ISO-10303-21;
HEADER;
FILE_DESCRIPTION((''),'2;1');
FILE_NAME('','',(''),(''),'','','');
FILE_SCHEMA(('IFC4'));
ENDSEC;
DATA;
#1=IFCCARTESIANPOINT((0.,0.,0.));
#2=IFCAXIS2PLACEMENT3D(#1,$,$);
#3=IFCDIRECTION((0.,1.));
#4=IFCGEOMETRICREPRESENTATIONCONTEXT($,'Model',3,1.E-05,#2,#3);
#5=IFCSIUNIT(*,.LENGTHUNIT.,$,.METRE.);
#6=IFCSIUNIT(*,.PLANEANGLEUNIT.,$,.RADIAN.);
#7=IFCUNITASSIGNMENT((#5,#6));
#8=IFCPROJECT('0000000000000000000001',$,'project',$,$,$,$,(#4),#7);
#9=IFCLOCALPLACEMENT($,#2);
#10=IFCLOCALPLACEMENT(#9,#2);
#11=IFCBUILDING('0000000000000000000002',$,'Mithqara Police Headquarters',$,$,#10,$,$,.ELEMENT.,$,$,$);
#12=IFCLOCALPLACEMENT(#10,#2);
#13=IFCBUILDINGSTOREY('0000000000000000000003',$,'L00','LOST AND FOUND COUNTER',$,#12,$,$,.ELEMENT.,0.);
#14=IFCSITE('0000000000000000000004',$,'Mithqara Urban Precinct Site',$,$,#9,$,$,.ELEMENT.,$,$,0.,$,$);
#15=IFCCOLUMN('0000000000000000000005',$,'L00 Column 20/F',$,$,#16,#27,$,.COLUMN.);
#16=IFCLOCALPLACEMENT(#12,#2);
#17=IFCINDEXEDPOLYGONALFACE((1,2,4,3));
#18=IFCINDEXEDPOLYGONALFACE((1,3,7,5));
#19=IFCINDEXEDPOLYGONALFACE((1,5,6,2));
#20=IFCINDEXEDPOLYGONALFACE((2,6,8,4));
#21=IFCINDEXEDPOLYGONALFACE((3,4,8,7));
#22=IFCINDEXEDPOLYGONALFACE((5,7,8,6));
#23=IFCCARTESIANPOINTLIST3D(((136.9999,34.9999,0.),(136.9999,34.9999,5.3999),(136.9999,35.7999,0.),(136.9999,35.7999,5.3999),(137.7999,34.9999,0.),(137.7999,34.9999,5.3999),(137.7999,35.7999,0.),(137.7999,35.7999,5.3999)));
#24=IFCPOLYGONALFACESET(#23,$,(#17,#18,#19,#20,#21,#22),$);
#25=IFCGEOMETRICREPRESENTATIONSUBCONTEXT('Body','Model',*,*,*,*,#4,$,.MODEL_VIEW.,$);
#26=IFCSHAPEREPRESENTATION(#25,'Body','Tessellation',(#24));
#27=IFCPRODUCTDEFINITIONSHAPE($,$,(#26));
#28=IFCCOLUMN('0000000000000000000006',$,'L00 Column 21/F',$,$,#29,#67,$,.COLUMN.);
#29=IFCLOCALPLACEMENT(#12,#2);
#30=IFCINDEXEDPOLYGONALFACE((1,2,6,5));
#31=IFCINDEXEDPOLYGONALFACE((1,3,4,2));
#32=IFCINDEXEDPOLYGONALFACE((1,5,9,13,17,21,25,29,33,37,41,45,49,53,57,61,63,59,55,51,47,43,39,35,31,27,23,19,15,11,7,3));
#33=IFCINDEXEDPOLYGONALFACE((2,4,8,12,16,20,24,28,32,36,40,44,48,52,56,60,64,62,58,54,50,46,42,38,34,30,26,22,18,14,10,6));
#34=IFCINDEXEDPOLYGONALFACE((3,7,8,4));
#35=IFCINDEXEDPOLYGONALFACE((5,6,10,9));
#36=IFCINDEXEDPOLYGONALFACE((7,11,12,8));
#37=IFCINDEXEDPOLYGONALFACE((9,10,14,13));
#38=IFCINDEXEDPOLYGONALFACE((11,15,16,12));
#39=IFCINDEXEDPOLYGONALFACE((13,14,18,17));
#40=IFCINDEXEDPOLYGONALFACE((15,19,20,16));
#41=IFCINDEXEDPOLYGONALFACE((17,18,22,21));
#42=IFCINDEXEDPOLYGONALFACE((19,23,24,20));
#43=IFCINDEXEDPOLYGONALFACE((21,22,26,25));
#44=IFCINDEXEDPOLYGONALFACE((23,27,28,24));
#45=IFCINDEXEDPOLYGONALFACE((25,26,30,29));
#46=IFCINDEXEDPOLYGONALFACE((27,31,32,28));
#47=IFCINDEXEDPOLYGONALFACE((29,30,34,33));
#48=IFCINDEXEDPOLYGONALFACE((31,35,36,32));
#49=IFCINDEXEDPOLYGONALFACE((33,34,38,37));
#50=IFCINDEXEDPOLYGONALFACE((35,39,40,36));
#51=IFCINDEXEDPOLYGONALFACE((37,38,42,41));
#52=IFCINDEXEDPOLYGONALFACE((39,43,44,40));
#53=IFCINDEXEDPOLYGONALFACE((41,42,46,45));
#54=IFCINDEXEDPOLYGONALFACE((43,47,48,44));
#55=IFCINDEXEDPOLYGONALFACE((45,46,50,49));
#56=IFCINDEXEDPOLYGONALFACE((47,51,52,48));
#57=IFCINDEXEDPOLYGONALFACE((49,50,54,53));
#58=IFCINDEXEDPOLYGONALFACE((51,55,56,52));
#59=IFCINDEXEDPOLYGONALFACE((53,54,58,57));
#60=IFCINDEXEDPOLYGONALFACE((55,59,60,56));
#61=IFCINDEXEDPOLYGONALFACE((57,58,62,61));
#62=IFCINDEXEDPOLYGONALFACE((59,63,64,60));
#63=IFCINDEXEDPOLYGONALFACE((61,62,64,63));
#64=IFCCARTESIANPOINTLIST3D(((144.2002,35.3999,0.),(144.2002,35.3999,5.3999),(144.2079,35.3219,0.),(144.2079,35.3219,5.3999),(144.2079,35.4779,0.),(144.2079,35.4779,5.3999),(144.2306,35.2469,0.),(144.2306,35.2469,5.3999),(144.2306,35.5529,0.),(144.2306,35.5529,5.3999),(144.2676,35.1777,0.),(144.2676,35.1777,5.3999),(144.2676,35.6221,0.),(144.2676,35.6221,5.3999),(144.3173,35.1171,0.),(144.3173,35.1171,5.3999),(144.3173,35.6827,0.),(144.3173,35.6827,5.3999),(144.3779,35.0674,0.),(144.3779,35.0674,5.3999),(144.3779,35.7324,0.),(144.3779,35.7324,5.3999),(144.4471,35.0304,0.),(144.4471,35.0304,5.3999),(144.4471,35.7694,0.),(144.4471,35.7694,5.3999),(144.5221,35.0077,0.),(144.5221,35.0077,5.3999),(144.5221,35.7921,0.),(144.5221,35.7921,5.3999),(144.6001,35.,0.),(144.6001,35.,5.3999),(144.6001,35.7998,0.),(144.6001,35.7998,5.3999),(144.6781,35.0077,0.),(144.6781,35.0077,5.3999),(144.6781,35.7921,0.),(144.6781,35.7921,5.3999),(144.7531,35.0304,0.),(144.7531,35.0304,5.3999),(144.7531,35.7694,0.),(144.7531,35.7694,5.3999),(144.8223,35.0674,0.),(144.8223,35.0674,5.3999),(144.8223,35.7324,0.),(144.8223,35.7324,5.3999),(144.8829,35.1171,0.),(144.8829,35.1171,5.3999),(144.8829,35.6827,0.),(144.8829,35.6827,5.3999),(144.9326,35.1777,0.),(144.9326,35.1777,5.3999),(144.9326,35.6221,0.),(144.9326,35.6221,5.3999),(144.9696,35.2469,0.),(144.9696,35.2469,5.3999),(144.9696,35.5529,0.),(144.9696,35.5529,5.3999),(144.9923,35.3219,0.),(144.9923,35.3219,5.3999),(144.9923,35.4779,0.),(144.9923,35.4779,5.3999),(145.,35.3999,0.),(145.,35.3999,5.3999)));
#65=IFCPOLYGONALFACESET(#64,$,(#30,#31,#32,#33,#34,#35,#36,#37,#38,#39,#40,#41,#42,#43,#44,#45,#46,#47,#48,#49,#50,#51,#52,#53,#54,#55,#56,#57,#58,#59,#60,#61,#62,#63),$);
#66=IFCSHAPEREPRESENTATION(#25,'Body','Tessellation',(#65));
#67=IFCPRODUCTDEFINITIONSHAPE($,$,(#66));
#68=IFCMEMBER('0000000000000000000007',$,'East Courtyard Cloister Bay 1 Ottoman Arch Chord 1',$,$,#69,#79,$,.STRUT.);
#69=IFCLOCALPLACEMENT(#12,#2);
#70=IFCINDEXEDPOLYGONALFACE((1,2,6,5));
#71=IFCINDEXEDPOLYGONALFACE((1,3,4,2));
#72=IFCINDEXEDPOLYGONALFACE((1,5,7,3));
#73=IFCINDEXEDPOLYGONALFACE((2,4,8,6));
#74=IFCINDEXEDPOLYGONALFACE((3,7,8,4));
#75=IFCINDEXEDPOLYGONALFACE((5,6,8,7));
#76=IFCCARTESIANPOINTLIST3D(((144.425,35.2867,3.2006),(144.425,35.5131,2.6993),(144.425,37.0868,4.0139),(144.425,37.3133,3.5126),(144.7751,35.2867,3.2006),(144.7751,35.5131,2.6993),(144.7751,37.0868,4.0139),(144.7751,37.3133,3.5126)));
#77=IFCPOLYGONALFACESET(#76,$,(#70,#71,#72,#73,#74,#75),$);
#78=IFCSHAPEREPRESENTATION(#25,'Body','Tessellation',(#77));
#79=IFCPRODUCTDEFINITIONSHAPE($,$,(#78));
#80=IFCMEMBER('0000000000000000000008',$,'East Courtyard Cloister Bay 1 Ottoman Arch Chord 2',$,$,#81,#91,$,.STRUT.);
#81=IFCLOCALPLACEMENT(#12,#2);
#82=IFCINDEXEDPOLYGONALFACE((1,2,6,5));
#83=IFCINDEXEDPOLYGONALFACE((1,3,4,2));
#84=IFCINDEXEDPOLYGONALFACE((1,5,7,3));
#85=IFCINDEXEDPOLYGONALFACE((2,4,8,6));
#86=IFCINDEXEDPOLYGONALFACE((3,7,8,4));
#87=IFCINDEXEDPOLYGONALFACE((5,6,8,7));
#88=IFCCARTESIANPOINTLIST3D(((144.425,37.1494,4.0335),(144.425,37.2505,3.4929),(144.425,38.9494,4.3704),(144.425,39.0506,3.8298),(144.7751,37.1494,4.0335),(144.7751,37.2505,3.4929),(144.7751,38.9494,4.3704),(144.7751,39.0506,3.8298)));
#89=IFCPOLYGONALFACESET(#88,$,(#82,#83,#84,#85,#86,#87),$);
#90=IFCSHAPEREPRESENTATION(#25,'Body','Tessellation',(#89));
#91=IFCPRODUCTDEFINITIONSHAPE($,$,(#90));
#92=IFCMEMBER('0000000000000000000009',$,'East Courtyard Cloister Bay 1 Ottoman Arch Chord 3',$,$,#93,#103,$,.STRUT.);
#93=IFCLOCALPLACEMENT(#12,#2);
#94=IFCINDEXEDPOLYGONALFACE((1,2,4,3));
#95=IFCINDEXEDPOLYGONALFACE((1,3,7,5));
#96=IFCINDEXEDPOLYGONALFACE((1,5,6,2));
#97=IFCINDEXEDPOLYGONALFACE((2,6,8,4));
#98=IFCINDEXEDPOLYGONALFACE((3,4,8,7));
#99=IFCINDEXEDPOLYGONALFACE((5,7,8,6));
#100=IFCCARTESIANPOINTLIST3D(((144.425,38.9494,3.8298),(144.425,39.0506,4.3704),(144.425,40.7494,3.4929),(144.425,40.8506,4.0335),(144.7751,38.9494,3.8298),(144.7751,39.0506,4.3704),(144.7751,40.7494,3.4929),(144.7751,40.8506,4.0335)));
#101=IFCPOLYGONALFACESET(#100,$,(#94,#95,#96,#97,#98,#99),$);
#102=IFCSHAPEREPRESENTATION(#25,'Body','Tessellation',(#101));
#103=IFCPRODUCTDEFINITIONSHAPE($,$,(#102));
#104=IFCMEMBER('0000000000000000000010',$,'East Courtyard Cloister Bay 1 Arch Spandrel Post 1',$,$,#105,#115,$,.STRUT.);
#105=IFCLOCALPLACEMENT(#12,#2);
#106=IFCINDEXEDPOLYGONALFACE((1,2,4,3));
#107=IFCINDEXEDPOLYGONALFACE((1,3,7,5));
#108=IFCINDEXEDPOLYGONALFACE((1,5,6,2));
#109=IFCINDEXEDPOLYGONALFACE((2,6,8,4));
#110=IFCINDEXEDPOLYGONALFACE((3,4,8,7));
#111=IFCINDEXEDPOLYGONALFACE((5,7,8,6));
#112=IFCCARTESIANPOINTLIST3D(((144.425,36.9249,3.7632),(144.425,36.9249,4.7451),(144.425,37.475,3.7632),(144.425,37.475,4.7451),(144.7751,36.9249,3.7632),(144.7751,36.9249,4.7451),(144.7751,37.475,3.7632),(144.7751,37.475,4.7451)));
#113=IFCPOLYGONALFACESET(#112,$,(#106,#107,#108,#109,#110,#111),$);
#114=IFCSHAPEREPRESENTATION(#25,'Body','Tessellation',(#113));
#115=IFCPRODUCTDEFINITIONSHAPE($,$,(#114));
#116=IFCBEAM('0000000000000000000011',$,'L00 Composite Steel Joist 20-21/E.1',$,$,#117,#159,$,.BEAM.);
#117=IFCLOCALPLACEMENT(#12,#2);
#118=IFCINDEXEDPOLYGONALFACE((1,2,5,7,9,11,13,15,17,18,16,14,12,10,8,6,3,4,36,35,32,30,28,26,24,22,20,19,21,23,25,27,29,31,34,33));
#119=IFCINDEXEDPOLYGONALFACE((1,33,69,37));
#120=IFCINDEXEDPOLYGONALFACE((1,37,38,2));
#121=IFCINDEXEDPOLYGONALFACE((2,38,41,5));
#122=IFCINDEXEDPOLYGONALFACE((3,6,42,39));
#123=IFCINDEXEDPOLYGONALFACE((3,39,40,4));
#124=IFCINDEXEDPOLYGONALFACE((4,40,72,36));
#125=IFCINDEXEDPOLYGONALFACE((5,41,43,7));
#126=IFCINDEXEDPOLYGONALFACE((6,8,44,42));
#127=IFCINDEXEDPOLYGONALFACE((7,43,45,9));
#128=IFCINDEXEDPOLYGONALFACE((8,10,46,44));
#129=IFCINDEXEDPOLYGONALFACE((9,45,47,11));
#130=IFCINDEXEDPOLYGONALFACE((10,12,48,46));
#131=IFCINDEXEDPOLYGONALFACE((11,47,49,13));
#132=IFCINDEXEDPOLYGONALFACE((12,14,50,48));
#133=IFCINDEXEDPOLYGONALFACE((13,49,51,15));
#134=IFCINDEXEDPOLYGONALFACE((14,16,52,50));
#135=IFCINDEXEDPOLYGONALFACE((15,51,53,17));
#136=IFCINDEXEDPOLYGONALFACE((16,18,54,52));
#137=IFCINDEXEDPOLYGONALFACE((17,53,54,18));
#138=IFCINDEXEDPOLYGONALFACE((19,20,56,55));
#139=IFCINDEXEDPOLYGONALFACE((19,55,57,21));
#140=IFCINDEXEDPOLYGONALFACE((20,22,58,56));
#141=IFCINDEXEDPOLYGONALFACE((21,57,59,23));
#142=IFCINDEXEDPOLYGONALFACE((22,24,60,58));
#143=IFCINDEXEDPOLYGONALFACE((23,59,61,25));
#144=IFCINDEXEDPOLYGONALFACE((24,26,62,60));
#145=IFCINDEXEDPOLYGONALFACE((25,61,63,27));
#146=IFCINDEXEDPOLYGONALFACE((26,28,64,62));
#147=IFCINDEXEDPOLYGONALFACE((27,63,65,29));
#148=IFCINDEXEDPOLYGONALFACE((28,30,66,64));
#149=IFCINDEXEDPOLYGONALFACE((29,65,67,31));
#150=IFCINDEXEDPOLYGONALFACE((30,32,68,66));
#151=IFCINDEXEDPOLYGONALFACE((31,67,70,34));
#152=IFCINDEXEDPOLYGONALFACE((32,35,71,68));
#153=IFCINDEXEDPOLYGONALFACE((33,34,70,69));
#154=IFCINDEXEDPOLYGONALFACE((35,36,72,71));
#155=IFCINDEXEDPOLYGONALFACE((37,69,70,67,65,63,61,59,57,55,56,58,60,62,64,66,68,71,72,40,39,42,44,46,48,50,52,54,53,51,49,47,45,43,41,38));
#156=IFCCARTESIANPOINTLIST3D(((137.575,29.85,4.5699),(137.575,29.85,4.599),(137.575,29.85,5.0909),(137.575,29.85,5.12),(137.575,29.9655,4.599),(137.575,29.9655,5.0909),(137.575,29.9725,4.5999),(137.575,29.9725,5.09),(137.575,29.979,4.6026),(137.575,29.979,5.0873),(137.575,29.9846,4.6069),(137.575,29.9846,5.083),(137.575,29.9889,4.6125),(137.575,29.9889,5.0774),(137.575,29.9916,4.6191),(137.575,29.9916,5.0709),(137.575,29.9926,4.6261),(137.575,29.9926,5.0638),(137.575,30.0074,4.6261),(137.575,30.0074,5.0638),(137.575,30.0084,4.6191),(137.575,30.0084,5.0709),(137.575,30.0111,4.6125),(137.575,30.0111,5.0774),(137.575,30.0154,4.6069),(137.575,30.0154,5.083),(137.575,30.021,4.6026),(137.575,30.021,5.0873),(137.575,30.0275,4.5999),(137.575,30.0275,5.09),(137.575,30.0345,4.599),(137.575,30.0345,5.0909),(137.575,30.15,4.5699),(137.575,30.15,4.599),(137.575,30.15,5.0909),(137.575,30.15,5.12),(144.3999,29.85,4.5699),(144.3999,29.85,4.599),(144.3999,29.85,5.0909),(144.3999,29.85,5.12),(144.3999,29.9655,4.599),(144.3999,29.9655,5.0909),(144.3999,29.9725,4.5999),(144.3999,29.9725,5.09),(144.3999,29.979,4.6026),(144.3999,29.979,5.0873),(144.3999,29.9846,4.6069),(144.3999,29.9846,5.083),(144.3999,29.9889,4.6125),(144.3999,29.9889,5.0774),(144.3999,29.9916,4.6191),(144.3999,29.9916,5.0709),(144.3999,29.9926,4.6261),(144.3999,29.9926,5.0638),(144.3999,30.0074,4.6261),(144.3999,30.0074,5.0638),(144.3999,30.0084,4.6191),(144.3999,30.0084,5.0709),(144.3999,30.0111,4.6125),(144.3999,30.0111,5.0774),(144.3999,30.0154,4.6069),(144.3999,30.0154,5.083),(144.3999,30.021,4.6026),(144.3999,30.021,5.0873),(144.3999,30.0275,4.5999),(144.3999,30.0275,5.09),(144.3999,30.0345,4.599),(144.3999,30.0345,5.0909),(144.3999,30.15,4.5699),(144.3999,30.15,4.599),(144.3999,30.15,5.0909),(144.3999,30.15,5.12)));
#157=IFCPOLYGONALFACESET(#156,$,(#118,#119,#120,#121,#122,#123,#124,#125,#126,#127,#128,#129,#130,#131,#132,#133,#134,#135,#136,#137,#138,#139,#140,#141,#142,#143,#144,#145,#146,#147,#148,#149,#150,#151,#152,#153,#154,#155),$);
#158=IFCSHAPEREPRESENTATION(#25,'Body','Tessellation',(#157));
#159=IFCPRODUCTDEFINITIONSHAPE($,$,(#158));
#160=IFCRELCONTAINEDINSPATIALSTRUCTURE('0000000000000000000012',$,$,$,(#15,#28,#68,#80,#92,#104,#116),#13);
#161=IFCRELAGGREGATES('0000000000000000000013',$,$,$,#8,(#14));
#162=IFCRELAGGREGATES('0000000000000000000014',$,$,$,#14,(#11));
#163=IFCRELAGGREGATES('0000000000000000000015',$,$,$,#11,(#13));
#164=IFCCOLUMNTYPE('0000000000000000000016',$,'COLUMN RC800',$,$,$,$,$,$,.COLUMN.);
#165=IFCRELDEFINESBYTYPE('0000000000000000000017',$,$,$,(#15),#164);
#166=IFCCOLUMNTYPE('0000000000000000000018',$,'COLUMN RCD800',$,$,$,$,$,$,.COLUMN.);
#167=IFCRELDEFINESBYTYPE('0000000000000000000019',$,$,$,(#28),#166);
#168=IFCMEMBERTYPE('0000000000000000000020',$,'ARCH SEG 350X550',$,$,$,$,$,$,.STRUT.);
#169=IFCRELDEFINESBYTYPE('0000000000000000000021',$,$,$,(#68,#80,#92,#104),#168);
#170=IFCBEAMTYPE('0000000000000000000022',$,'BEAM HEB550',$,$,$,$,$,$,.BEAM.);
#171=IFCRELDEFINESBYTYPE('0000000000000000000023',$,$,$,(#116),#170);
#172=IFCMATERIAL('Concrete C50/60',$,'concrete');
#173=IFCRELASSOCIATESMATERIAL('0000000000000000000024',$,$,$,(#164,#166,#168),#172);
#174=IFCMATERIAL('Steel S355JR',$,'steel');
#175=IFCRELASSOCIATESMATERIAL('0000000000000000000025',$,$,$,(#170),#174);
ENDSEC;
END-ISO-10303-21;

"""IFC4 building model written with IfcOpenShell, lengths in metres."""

from ifc_helpers import new_model, si_unit, direction, frame, origin, origin_2d, place, context, subcontext, project, spatial, rectangle, circle, i_section, extrude, material, material_profile, profile_set, type_object, element, save


model = new_model("IFC4")

# Units and contexts
model_context = context("Model", 3, precision=1e-05, world=origin(), true_north=direction((0.0, 1.0)))
body_context = subcontext(model_context, "Body", "Model", "MODEL_VIEW")
ifc_project = project(units=[si_unit("LENGTHUNIT", "METRE"), si_unit("PLANEANGLEUNIT", "RADIAN")], contexts=[model_context])

# Site, building, storey
site_placement = place(None, origin())
site = spatial("IfcSite", under=ifc_project, at=site_placement, Name="Mithqara Urban Precinct Site", CompositionType="ELEMENT", RefElevation=0.0)
building_placement = place(site_placement, origin())
building = spatial("IfcBuilding", under=site, at=building_placement, Name="Mithqara Police Headquarters", CompositionType="ELEMENT")
storey_placement = place(building_placement, origin())
storey = spatial("IfcBuildingStorey", under=building, at=storey_placement, Name="L00", Description="LOST AND FOUND COUNTER", CompositionType="ELEMENT", Elevation=0.0)

# Columns
ifc_material_1 = material(Name="Concrete C50/60", Category="concrete")
ifc_material_profile_1 = material_profile(ifc_material_1, rectangle(XDim=0.8, YDim=0.8, at=origin_2d()), Name="RC 800x800")
ifc_profile_set_1 = profile_set([ifc_material_profile_1], Name="Concrete C50/60")
column_type_1 = type_object("IfcColumnType", Name="COLUMN RC800", PredefinedType="COLUMN", material=ifc_profile_set_1)
column_1_placement = place(storey_placement, frame((137.3999, 35.3999, 0.0), z_axis=(0.0, 0.0, 1.0), x_axis=(1.0, 0.0, 0.0)))
element("IfcColumn", 1, at=column_1_placement, inside=storey, type_object=column_type_1, Name="L00 Column 20/F", PredefinedType="COLUMN", context=body_context, shape_type="SweptSolid", body=[
    extrude(rectangle(XDim=0.8, YDim=0.8, at=origin_2d()), origin(), (0.0, 0.0, 1.0), 5.3999),
])
ifc_material_profile_2 = material_profile(ifc_material_1, circle(Radius=0.3999, at=origin_2d()), Name="RCD 800")
ifc_profile_set_2 = profile_set([ifc_material_profile_2], Name="Concrete C50/60")
column_type_2 = type_object("IfcColumnType", Name="COLUMN RCD800", PredefinedType="COLUMN", material=ifc_profile_set_2)
column_2_placement = place(storey_placement, frame((144.6001, 35.3999, 0.0), z_axis=(0.0, 0.0, 1.0), x_axis=(1.0, 0.0, 0.0)))
element("IfcColumn", 2, at=column_2_placement, inside=storey, type_object=column_type_2, Name="L00 Column 21/F", PredefinedType="COLUMN", context=body_context, shape_type="SweptSolid", body=[
    extrude(circle(Radius=0.3999, at=origin_2d()), origin(), (0.0, 0.0, 1.0), 5.3999),
])

# Members
ifc_material_profile_3 = material_profile(ifc_material_1, rectangle(XDim=0.3501, YDim=0.55, at=origin_2d()), Name="ARC 350x550")
ifc_profile_set_3 = profile_set([ifc_material_profile_3], Name="Concrete C50/60")
member_type = type_object("IfcMemberType", Name="ARCH SEG 350X550", PredefinedType="STRUT", material=ifc_profile_set_3)
member_1_placement = place(storey_placement, frame((144.6001, 35.3999, 2.95), z_axis=(0.0, 0.911312, 0.411716), x_axis=(-1.0, 0.0, 0.0)))
element("IfcMember", 3, at=member_1_placement, inside=storey, type_object=member_type, Name="East Courtyard Cloister Bay 1 Ottoman Arch Chord 1", PredefinedType="STRUT", context=body_context, shape_type="SweptSolid", body=[
    extrude(rectangle(XDim=0.3501, YDim=0.55, at=origin_2d()), origin(), (0.0, 0.0, 1.0), 1.9753),
])
for number, where, z_axis, x_axis, name in (
    (4, (144.6001, 37.2, 3.7632), (0.0, 0.982931, 0.183975), (-1.0, 0.0, 0.0), "East Courtyard Cloister Bay 1 Ottoman Arch Chord 2"),
    (5, (144.6001, 39.0, 4.1001), (0.0, 0.982931, -0.183975), (-1.0, 0.0, 0.0), "East Courtyard Cloister Bay 1 Ottoman Arch Chord 3"),
):
    element("IfcMember", number, at=place(storey_placement, frame(where, z_axis=z_axis, x_axis=x_axis)), inside=storey, type_object=member_type, Name=name, PredefinedType="STRUT", context=body_context, shape_type="SweptSolid", body=[
        extrude(rectangle(XDim=0.3501, YDim=0.55, at=origin_2d()), origin(), (0.0, 0.0, 1.0), 1.8313),
    ])
member_2_placement = place(storey_placement, frame((144.6001, 37.2, 3.7632), z_axis=(0.0, 0.0, 1.0), x_axis=(1.0, 0.0, 0.0)))
element("IfcMember", 6, at=member_2_placement, inside=storey, type_object=member_type, Name="East Courtyard Cloister Bay 1 Arch Spandrel Post 1", PredefinedType="STRUT", context=body_context, shape_type="SweptSolid", body=[
    extrude(rectangle(XDim=0.3501, YDim=0.55, at=origin_2d()), origin(), (0.0, 0.0, 1.0), 0.9819),
])

# Beam
ifc_material_2 = material(Name="Steel S355JR", Category="steel")
ifc_material_profile_4 = material_profile(ifc_material_2, i_section(OverallWidth=0.3, OverallDepth=0.55, WebThickness=0.0149, FlangeThickness=0.0291, FilletRadius=0.0271, at=origin_2d()), Name="HEB 550")
ifc_profile_set_4 = profile_set([ifc_material_profile_4], Name="Steel S355JR")
beam_type_1 = type_object("IfcBeamType", Name="BEAM HEB550", PredefinedType="BEAM", material=ifc_profile_set_4)
for number, where, z_axis, x_axis, name in (
    (7, (137.575, 30.0, 4.845), (1.0, 0.0, 0.0), (0.0, 1.0, 0.0), "L00 Composite Steel Joist 20-21/E.1"),
):
    element("IfcBeam", number, at=place(storey_placement, frame(where, z_axis=z_axis, x_axis=x_axis)), inside=storey, type_object=beam_type_1, Name=name, PredefinedType="BEAM", context=body_context, shape_type="SweptSolid", body=[
        extrude(i_section(OverallWidth=0.3, OverallDepth=0.55, WebThickness=0.0149, FlangeThickness=0.0291, FilletRadius=0.0271, at=origin_2d()), origin(), (0.0, 0.0, 1.0), 6.825),
    ])

save(model, "model.ifc")
